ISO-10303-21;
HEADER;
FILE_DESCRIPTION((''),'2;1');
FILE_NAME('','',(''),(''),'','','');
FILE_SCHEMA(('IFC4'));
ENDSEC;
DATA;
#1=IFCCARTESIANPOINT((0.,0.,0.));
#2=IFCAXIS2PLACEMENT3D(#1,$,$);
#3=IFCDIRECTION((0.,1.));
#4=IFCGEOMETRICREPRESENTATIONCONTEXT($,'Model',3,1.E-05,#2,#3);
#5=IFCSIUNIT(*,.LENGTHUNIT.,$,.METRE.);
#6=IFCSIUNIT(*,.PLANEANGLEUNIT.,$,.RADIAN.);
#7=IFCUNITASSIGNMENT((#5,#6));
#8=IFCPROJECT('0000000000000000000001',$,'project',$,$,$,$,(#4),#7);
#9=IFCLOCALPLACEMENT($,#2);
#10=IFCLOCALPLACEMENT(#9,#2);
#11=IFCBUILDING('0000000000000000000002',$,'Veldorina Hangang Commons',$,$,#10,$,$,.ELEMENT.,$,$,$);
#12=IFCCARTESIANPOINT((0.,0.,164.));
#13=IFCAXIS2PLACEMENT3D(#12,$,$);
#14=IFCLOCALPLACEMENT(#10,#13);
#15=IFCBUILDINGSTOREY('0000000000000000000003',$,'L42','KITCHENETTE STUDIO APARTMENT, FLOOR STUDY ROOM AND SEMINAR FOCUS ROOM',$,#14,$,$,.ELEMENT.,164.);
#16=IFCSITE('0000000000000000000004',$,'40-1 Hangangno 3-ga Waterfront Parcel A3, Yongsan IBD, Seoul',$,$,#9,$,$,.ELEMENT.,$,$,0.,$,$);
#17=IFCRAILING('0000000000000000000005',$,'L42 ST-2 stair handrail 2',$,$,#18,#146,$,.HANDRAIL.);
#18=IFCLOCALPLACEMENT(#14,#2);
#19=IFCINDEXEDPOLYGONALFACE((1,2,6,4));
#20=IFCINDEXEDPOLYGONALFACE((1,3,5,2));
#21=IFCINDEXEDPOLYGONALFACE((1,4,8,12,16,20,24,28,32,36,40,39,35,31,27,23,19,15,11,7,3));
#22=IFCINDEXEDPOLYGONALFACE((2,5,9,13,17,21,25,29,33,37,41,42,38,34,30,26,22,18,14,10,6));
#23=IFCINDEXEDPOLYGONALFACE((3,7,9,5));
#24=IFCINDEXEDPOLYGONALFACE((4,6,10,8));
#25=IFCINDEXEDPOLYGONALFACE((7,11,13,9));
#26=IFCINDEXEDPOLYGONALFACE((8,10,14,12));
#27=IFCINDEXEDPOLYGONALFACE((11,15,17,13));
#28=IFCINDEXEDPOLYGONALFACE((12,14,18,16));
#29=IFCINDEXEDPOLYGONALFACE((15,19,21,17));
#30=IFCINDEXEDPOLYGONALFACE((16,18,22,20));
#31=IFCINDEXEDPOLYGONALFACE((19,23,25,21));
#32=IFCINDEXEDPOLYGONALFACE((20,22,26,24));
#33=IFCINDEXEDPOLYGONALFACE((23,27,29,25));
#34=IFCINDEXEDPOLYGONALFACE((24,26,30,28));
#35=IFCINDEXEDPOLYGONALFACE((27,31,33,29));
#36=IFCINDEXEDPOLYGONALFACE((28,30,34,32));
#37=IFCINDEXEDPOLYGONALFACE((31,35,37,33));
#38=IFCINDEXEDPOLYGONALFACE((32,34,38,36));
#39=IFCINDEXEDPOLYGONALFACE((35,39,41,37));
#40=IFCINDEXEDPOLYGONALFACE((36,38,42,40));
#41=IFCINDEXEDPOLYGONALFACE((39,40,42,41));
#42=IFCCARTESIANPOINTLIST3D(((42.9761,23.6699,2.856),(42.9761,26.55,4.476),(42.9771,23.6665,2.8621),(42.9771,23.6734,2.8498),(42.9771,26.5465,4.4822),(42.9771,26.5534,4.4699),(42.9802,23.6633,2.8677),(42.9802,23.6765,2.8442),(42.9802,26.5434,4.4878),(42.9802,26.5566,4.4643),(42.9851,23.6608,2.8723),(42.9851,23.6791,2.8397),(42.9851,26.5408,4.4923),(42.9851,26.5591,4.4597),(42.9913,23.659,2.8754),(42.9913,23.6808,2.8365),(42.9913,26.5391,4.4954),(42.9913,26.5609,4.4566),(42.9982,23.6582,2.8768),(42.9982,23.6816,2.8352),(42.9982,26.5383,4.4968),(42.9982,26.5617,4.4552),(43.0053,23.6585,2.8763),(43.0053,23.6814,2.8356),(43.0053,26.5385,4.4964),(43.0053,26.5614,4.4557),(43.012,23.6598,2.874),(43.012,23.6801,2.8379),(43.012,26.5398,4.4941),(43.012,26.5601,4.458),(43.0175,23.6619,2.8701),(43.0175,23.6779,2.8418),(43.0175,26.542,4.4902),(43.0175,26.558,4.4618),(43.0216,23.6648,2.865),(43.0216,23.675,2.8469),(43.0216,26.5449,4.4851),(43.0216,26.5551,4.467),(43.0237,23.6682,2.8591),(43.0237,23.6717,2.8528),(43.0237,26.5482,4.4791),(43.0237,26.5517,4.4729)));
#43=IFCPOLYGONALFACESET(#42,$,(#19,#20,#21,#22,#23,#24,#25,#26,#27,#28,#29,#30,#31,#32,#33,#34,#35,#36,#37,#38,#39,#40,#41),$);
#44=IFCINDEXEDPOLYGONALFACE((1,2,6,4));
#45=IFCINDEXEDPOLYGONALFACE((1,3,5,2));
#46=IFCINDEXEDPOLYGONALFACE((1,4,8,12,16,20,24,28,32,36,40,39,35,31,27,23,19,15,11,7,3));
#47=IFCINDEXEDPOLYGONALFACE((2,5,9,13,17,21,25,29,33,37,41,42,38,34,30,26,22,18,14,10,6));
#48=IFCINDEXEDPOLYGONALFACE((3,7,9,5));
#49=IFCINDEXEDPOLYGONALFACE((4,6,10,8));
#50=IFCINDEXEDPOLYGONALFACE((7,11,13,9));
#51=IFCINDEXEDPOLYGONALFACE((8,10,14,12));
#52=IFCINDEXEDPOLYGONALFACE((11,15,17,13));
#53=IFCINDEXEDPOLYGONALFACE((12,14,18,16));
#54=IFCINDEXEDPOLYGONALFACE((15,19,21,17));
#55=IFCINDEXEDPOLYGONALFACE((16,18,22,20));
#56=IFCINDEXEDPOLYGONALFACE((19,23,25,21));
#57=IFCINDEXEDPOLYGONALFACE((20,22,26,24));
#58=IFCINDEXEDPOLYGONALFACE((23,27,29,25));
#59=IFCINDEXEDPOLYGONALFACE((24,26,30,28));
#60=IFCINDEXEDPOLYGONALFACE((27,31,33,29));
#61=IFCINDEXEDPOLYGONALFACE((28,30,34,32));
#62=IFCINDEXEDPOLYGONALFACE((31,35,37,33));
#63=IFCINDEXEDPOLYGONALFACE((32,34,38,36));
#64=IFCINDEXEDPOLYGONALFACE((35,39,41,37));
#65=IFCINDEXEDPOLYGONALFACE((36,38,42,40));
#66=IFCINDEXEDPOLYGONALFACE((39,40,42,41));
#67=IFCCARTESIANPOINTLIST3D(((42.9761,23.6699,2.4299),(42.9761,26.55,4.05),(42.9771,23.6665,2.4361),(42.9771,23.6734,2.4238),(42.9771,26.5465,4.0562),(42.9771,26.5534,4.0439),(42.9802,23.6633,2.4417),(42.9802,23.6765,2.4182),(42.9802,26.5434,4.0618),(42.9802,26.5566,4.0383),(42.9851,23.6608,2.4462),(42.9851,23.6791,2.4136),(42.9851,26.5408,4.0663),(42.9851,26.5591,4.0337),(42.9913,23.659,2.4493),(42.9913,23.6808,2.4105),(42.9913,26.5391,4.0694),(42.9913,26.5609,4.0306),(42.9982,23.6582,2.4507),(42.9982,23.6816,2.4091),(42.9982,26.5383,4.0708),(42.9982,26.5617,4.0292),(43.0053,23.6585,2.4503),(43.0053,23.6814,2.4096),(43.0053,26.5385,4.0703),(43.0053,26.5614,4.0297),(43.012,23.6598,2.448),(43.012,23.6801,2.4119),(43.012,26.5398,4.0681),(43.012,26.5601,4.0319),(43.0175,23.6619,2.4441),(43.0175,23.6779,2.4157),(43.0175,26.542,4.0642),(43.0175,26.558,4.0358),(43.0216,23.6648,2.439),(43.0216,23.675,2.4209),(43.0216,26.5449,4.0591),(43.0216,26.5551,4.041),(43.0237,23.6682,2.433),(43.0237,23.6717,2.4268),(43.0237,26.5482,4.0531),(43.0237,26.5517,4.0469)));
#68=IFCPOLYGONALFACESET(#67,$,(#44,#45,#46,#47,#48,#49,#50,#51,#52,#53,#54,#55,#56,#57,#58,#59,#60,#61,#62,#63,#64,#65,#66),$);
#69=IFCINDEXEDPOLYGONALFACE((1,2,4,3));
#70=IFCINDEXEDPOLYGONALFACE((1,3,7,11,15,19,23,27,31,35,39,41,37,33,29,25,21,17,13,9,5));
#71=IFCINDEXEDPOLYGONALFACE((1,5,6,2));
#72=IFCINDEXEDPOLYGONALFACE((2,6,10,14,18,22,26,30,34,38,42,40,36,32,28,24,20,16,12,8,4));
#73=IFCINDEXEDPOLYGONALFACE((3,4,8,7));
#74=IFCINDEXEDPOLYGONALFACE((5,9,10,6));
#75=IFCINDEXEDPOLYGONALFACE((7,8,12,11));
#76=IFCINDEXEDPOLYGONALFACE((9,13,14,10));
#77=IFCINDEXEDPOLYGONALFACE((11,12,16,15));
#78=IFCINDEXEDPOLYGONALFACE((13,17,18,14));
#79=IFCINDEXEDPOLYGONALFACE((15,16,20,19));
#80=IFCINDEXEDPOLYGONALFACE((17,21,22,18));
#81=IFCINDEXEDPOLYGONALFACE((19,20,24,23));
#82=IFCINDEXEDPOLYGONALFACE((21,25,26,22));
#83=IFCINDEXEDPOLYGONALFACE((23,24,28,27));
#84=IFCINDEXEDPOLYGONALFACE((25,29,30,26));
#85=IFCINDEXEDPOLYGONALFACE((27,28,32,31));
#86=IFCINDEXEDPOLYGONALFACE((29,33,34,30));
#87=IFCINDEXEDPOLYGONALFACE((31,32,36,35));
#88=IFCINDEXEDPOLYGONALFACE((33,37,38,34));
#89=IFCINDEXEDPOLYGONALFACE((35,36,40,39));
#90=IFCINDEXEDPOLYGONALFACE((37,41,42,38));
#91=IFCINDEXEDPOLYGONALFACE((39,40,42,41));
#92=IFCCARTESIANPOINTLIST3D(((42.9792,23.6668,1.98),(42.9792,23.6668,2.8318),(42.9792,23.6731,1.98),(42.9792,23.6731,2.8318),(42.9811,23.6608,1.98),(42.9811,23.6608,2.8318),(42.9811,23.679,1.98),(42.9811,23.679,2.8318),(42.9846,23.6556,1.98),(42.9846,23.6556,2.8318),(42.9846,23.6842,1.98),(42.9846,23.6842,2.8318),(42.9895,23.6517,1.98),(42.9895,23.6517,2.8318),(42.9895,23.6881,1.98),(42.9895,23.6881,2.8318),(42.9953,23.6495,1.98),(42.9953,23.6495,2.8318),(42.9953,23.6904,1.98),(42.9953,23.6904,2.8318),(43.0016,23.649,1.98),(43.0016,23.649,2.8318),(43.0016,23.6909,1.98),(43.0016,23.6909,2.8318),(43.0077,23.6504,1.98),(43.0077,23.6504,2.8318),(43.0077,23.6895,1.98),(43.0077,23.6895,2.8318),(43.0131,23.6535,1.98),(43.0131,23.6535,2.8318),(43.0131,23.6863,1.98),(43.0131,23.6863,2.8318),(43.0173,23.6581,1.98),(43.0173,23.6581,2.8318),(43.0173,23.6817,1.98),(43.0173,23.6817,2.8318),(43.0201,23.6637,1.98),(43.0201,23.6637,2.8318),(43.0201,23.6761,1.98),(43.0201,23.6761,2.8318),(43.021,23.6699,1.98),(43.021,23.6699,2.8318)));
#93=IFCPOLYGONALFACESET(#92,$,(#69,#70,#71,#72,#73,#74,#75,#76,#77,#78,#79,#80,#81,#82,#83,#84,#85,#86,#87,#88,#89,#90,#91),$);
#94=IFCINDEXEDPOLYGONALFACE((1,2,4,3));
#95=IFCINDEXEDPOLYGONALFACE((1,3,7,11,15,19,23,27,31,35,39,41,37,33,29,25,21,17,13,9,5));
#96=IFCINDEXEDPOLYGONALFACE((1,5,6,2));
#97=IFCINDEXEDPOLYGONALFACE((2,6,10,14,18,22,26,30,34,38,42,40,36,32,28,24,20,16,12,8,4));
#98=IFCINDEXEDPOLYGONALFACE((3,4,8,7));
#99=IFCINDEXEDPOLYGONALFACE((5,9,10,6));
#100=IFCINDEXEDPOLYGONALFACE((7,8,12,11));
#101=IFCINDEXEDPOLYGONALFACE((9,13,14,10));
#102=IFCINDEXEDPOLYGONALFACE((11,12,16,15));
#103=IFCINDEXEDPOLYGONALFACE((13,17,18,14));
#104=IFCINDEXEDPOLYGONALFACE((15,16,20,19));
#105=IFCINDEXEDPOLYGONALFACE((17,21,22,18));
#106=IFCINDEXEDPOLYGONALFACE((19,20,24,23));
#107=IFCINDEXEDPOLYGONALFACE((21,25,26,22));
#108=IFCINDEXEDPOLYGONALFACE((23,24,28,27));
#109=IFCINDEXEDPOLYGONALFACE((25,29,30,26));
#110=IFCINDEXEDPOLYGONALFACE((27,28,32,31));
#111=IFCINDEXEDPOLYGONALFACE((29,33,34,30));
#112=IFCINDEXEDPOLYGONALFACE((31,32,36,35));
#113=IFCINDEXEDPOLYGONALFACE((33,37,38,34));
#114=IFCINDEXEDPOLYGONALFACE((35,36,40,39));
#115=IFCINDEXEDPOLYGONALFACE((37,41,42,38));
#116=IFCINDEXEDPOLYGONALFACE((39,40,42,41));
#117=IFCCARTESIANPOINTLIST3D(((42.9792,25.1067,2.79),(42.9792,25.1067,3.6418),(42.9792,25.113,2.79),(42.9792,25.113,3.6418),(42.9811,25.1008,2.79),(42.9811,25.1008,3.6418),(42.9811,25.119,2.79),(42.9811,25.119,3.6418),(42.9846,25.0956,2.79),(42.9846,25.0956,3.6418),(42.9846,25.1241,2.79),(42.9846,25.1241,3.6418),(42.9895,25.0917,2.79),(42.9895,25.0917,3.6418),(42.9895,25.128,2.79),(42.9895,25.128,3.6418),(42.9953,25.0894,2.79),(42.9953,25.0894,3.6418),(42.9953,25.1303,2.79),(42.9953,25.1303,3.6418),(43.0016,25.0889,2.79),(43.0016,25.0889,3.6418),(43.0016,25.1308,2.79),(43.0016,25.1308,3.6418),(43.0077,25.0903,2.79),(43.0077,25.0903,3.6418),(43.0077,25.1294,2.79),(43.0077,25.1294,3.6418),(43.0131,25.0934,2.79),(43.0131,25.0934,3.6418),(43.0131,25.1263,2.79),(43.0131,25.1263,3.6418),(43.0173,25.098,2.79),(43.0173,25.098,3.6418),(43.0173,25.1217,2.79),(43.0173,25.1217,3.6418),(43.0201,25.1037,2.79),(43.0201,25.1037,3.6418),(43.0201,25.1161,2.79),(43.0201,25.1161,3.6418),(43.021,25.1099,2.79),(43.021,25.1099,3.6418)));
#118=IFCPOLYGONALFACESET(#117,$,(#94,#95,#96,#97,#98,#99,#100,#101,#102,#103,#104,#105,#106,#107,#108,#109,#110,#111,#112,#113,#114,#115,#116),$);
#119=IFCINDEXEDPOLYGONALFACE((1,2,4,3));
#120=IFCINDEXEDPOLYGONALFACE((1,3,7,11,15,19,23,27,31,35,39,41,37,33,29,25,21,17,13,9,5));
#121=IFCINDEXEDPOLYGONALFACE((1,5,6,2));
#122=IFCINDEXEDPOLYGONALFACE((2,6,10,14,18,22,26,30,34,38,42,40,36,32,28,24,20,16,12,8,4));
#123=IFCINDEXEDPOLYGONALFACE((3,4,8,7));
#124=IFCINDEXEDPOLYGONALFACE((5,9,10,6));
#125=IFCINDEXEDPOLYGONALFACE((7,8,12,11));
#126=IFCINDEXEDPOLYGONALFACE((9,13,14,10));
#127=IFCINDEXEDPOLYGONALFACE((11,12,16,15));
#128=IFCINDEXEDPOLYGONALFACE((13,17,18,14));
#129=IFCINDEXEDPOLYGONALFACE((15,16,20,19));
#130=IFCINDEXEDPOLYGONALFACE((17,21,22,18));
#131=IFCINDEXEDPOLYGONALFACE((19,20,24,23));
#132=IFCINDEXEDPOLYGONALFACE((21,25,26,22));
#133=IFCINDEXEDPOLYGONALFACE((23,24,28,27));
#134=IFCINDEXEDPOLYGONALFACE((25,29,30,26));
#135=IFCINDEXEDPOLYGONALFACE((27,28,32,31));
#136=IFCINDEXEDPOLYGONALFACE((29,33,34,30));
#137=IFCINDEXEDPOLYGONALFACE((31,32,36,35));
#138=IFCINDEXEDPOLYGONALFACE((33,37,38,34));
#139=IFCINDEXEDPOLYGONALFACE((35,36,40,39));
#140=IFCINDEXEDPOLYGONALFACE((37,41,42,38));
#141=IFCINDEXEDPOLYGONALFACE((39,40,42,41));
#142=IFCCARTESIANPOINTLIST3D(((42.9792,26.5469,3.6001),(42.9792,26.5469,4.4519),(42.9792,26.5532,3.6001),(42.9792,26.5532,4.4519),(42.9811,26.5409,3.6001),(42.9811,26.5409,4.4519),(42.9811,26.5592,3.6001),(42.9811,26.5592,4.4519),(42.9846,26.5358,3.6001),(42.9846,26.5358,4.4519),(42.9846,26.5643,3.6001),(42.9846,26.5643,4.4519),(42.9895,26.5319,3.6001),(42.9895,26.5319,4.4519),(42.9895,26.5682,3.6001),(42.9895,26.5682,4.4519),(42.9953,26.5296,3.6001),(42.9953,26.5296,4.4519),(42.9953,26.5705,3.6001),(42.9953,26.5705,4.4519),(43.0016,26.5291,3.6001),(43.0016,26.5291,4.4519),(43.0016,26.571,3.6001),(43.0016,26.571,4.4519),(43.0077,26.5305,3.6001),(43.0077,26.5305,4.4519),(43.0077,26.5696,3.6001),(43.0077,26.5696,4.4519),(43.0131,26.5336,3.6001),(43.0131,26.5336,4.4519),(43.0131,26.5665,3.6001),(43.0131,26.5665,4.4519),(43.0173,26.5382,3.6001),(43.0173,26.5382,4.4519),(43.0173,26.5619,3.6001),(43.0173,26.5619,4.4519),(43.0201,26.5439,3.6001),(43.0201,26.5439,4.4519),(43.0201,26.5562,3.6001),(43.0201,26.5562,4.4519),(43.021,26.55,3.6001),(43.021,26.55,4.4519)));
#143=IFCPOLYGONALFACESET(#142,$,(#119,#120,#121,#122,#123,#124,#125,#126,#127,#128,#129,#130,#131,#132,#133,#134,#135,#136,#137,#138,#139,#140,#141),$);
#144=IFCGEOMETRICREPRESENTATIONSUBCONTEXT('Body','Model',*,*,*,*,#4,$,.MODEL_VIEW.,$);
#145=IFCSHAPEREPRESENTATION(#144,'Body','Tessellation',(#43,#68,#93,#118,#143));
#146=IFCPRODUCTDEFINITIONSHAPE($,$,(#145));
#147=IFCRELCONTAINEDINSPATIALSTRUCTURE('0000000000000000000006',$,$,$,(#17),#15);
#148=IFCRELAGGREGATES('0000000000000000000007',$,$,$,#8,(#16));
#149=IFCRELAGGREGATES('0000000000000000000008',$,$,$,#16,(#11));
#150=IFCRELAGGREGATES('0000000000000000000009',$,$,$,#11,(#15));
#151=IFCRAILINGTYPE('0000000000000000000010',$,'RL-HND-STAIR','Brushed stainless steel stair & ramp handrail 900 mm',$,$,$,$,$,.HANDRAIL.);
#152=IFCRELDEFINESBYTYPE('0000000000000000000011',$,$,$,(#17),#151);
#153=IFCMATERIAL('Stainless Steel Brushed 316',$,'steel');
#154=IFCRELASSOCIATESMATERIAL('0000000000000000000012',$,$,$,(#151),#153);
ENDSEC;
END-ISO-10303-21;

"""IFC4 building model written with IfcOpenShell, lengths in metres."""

from ifc_helpers import new_model, si_unit, direction, frame, origin, origin_2d, place, context, subcontext, project, spatial, circle, extrude, material, type_object, element, save


model = new_model("IFC4")

# Units and contexts
model_context = context("Model", 3, precision=1e-05, world=origin(), true_north=direction((0.0, 1.0)))
body_context = subcontext(model_context, "Body", "Model", "MODEL_VIEW")
ifc_project = project(units=[si_unit("LENGTHUNIT", "METRE"), si_unit("PLANEANGLEUNIT", "RADIAN")], contexts=[model_context])

# Site, building, storey
site_placement = place(None, origin())
site = spatial("IfcSite", under=ifc_project, at=site_placement, Name="40-1 Hangangno 3-ga Waterfront Parcel A3, Yongsan IBD, Seoul", CompositionType="ELEMENT", RefElevation=0.0)
building_placement = place(site_placement, origin())
building = spatial("IfcBuilding", under=site, at=building_placement, Name="Veldorina Hangang Commons", CompositionType="ELEMENT")
storey_placement = place(building_placement, frame((0.0, 0.0, 164.0)))
storey = spatial("IfcBuildingStorey", under=building, at=storey_placement, Name="L42", Description="KITCHENETTE STUDIO APARTMENT, FLOOR STUDY ROOM AND SEMINAR FOCUS ROOM", CompositionType="ELEMENT", Elevation=164.0)

# Railing
ifc_material_1 = material(Name="Stainless Steel Brushed 316", Category="steel")
railing_type_1 = type_object("IfcRailingType", Name="RL-HND-STAIR", Description="Brushed stainless steel stair & ramp handrail 900 mm", PredefinedType="HANDRAIL", material=ifc_material_1)
railing_1_placement = place(storey_placement, frame((43.0, 23.6699, 1.98)))
element("IfcRailing", 1, at=railing_1_placement, inside=storey, type_object=railing_type_1, Name="L42 ST-2 stair handrail 2", PredefinedType="HANDRAIL", context=body_context, shape_type="SweptSolid", body=[
    extrude(circle(Radius=0.0239, at=origin_2d()), frame((0.0, 0.0, 0.876), z_axis=(0.0, 0.87157, 0.490272), x_axis=(-1.0, 0.0, 0.0)), (0.0, 0.0, 1.0), 3.3044),
    extrude(circle(Radius=0.0239, at=origin_2d()), frame((0.0, 0.0, 0.45), z_axis=(0.0, 0.87157, 0.490272), x_axis=(-1.0, 0.0, 0.0)), (0.0, 0.0, 1.0), 3.3044),
    extrude(circle(Radius=0.021, at=origin_2d()), origin(), (0.0, 0.0, 1.0), 0.8518),
    extrude(circle(Radius=0.021, at=origin_2d()), frame((0.0, 1.4399, 0.8101)), (0.0, 0.0, 1.0), 0.8518),
    extrude(circle(Radius=0.021, at=origin_2d()), frame((0.0, 2.8801, 1.6201)), (0.0, 0.0, 1.0), 0.8518),
])

save(model, "model.ifc")
